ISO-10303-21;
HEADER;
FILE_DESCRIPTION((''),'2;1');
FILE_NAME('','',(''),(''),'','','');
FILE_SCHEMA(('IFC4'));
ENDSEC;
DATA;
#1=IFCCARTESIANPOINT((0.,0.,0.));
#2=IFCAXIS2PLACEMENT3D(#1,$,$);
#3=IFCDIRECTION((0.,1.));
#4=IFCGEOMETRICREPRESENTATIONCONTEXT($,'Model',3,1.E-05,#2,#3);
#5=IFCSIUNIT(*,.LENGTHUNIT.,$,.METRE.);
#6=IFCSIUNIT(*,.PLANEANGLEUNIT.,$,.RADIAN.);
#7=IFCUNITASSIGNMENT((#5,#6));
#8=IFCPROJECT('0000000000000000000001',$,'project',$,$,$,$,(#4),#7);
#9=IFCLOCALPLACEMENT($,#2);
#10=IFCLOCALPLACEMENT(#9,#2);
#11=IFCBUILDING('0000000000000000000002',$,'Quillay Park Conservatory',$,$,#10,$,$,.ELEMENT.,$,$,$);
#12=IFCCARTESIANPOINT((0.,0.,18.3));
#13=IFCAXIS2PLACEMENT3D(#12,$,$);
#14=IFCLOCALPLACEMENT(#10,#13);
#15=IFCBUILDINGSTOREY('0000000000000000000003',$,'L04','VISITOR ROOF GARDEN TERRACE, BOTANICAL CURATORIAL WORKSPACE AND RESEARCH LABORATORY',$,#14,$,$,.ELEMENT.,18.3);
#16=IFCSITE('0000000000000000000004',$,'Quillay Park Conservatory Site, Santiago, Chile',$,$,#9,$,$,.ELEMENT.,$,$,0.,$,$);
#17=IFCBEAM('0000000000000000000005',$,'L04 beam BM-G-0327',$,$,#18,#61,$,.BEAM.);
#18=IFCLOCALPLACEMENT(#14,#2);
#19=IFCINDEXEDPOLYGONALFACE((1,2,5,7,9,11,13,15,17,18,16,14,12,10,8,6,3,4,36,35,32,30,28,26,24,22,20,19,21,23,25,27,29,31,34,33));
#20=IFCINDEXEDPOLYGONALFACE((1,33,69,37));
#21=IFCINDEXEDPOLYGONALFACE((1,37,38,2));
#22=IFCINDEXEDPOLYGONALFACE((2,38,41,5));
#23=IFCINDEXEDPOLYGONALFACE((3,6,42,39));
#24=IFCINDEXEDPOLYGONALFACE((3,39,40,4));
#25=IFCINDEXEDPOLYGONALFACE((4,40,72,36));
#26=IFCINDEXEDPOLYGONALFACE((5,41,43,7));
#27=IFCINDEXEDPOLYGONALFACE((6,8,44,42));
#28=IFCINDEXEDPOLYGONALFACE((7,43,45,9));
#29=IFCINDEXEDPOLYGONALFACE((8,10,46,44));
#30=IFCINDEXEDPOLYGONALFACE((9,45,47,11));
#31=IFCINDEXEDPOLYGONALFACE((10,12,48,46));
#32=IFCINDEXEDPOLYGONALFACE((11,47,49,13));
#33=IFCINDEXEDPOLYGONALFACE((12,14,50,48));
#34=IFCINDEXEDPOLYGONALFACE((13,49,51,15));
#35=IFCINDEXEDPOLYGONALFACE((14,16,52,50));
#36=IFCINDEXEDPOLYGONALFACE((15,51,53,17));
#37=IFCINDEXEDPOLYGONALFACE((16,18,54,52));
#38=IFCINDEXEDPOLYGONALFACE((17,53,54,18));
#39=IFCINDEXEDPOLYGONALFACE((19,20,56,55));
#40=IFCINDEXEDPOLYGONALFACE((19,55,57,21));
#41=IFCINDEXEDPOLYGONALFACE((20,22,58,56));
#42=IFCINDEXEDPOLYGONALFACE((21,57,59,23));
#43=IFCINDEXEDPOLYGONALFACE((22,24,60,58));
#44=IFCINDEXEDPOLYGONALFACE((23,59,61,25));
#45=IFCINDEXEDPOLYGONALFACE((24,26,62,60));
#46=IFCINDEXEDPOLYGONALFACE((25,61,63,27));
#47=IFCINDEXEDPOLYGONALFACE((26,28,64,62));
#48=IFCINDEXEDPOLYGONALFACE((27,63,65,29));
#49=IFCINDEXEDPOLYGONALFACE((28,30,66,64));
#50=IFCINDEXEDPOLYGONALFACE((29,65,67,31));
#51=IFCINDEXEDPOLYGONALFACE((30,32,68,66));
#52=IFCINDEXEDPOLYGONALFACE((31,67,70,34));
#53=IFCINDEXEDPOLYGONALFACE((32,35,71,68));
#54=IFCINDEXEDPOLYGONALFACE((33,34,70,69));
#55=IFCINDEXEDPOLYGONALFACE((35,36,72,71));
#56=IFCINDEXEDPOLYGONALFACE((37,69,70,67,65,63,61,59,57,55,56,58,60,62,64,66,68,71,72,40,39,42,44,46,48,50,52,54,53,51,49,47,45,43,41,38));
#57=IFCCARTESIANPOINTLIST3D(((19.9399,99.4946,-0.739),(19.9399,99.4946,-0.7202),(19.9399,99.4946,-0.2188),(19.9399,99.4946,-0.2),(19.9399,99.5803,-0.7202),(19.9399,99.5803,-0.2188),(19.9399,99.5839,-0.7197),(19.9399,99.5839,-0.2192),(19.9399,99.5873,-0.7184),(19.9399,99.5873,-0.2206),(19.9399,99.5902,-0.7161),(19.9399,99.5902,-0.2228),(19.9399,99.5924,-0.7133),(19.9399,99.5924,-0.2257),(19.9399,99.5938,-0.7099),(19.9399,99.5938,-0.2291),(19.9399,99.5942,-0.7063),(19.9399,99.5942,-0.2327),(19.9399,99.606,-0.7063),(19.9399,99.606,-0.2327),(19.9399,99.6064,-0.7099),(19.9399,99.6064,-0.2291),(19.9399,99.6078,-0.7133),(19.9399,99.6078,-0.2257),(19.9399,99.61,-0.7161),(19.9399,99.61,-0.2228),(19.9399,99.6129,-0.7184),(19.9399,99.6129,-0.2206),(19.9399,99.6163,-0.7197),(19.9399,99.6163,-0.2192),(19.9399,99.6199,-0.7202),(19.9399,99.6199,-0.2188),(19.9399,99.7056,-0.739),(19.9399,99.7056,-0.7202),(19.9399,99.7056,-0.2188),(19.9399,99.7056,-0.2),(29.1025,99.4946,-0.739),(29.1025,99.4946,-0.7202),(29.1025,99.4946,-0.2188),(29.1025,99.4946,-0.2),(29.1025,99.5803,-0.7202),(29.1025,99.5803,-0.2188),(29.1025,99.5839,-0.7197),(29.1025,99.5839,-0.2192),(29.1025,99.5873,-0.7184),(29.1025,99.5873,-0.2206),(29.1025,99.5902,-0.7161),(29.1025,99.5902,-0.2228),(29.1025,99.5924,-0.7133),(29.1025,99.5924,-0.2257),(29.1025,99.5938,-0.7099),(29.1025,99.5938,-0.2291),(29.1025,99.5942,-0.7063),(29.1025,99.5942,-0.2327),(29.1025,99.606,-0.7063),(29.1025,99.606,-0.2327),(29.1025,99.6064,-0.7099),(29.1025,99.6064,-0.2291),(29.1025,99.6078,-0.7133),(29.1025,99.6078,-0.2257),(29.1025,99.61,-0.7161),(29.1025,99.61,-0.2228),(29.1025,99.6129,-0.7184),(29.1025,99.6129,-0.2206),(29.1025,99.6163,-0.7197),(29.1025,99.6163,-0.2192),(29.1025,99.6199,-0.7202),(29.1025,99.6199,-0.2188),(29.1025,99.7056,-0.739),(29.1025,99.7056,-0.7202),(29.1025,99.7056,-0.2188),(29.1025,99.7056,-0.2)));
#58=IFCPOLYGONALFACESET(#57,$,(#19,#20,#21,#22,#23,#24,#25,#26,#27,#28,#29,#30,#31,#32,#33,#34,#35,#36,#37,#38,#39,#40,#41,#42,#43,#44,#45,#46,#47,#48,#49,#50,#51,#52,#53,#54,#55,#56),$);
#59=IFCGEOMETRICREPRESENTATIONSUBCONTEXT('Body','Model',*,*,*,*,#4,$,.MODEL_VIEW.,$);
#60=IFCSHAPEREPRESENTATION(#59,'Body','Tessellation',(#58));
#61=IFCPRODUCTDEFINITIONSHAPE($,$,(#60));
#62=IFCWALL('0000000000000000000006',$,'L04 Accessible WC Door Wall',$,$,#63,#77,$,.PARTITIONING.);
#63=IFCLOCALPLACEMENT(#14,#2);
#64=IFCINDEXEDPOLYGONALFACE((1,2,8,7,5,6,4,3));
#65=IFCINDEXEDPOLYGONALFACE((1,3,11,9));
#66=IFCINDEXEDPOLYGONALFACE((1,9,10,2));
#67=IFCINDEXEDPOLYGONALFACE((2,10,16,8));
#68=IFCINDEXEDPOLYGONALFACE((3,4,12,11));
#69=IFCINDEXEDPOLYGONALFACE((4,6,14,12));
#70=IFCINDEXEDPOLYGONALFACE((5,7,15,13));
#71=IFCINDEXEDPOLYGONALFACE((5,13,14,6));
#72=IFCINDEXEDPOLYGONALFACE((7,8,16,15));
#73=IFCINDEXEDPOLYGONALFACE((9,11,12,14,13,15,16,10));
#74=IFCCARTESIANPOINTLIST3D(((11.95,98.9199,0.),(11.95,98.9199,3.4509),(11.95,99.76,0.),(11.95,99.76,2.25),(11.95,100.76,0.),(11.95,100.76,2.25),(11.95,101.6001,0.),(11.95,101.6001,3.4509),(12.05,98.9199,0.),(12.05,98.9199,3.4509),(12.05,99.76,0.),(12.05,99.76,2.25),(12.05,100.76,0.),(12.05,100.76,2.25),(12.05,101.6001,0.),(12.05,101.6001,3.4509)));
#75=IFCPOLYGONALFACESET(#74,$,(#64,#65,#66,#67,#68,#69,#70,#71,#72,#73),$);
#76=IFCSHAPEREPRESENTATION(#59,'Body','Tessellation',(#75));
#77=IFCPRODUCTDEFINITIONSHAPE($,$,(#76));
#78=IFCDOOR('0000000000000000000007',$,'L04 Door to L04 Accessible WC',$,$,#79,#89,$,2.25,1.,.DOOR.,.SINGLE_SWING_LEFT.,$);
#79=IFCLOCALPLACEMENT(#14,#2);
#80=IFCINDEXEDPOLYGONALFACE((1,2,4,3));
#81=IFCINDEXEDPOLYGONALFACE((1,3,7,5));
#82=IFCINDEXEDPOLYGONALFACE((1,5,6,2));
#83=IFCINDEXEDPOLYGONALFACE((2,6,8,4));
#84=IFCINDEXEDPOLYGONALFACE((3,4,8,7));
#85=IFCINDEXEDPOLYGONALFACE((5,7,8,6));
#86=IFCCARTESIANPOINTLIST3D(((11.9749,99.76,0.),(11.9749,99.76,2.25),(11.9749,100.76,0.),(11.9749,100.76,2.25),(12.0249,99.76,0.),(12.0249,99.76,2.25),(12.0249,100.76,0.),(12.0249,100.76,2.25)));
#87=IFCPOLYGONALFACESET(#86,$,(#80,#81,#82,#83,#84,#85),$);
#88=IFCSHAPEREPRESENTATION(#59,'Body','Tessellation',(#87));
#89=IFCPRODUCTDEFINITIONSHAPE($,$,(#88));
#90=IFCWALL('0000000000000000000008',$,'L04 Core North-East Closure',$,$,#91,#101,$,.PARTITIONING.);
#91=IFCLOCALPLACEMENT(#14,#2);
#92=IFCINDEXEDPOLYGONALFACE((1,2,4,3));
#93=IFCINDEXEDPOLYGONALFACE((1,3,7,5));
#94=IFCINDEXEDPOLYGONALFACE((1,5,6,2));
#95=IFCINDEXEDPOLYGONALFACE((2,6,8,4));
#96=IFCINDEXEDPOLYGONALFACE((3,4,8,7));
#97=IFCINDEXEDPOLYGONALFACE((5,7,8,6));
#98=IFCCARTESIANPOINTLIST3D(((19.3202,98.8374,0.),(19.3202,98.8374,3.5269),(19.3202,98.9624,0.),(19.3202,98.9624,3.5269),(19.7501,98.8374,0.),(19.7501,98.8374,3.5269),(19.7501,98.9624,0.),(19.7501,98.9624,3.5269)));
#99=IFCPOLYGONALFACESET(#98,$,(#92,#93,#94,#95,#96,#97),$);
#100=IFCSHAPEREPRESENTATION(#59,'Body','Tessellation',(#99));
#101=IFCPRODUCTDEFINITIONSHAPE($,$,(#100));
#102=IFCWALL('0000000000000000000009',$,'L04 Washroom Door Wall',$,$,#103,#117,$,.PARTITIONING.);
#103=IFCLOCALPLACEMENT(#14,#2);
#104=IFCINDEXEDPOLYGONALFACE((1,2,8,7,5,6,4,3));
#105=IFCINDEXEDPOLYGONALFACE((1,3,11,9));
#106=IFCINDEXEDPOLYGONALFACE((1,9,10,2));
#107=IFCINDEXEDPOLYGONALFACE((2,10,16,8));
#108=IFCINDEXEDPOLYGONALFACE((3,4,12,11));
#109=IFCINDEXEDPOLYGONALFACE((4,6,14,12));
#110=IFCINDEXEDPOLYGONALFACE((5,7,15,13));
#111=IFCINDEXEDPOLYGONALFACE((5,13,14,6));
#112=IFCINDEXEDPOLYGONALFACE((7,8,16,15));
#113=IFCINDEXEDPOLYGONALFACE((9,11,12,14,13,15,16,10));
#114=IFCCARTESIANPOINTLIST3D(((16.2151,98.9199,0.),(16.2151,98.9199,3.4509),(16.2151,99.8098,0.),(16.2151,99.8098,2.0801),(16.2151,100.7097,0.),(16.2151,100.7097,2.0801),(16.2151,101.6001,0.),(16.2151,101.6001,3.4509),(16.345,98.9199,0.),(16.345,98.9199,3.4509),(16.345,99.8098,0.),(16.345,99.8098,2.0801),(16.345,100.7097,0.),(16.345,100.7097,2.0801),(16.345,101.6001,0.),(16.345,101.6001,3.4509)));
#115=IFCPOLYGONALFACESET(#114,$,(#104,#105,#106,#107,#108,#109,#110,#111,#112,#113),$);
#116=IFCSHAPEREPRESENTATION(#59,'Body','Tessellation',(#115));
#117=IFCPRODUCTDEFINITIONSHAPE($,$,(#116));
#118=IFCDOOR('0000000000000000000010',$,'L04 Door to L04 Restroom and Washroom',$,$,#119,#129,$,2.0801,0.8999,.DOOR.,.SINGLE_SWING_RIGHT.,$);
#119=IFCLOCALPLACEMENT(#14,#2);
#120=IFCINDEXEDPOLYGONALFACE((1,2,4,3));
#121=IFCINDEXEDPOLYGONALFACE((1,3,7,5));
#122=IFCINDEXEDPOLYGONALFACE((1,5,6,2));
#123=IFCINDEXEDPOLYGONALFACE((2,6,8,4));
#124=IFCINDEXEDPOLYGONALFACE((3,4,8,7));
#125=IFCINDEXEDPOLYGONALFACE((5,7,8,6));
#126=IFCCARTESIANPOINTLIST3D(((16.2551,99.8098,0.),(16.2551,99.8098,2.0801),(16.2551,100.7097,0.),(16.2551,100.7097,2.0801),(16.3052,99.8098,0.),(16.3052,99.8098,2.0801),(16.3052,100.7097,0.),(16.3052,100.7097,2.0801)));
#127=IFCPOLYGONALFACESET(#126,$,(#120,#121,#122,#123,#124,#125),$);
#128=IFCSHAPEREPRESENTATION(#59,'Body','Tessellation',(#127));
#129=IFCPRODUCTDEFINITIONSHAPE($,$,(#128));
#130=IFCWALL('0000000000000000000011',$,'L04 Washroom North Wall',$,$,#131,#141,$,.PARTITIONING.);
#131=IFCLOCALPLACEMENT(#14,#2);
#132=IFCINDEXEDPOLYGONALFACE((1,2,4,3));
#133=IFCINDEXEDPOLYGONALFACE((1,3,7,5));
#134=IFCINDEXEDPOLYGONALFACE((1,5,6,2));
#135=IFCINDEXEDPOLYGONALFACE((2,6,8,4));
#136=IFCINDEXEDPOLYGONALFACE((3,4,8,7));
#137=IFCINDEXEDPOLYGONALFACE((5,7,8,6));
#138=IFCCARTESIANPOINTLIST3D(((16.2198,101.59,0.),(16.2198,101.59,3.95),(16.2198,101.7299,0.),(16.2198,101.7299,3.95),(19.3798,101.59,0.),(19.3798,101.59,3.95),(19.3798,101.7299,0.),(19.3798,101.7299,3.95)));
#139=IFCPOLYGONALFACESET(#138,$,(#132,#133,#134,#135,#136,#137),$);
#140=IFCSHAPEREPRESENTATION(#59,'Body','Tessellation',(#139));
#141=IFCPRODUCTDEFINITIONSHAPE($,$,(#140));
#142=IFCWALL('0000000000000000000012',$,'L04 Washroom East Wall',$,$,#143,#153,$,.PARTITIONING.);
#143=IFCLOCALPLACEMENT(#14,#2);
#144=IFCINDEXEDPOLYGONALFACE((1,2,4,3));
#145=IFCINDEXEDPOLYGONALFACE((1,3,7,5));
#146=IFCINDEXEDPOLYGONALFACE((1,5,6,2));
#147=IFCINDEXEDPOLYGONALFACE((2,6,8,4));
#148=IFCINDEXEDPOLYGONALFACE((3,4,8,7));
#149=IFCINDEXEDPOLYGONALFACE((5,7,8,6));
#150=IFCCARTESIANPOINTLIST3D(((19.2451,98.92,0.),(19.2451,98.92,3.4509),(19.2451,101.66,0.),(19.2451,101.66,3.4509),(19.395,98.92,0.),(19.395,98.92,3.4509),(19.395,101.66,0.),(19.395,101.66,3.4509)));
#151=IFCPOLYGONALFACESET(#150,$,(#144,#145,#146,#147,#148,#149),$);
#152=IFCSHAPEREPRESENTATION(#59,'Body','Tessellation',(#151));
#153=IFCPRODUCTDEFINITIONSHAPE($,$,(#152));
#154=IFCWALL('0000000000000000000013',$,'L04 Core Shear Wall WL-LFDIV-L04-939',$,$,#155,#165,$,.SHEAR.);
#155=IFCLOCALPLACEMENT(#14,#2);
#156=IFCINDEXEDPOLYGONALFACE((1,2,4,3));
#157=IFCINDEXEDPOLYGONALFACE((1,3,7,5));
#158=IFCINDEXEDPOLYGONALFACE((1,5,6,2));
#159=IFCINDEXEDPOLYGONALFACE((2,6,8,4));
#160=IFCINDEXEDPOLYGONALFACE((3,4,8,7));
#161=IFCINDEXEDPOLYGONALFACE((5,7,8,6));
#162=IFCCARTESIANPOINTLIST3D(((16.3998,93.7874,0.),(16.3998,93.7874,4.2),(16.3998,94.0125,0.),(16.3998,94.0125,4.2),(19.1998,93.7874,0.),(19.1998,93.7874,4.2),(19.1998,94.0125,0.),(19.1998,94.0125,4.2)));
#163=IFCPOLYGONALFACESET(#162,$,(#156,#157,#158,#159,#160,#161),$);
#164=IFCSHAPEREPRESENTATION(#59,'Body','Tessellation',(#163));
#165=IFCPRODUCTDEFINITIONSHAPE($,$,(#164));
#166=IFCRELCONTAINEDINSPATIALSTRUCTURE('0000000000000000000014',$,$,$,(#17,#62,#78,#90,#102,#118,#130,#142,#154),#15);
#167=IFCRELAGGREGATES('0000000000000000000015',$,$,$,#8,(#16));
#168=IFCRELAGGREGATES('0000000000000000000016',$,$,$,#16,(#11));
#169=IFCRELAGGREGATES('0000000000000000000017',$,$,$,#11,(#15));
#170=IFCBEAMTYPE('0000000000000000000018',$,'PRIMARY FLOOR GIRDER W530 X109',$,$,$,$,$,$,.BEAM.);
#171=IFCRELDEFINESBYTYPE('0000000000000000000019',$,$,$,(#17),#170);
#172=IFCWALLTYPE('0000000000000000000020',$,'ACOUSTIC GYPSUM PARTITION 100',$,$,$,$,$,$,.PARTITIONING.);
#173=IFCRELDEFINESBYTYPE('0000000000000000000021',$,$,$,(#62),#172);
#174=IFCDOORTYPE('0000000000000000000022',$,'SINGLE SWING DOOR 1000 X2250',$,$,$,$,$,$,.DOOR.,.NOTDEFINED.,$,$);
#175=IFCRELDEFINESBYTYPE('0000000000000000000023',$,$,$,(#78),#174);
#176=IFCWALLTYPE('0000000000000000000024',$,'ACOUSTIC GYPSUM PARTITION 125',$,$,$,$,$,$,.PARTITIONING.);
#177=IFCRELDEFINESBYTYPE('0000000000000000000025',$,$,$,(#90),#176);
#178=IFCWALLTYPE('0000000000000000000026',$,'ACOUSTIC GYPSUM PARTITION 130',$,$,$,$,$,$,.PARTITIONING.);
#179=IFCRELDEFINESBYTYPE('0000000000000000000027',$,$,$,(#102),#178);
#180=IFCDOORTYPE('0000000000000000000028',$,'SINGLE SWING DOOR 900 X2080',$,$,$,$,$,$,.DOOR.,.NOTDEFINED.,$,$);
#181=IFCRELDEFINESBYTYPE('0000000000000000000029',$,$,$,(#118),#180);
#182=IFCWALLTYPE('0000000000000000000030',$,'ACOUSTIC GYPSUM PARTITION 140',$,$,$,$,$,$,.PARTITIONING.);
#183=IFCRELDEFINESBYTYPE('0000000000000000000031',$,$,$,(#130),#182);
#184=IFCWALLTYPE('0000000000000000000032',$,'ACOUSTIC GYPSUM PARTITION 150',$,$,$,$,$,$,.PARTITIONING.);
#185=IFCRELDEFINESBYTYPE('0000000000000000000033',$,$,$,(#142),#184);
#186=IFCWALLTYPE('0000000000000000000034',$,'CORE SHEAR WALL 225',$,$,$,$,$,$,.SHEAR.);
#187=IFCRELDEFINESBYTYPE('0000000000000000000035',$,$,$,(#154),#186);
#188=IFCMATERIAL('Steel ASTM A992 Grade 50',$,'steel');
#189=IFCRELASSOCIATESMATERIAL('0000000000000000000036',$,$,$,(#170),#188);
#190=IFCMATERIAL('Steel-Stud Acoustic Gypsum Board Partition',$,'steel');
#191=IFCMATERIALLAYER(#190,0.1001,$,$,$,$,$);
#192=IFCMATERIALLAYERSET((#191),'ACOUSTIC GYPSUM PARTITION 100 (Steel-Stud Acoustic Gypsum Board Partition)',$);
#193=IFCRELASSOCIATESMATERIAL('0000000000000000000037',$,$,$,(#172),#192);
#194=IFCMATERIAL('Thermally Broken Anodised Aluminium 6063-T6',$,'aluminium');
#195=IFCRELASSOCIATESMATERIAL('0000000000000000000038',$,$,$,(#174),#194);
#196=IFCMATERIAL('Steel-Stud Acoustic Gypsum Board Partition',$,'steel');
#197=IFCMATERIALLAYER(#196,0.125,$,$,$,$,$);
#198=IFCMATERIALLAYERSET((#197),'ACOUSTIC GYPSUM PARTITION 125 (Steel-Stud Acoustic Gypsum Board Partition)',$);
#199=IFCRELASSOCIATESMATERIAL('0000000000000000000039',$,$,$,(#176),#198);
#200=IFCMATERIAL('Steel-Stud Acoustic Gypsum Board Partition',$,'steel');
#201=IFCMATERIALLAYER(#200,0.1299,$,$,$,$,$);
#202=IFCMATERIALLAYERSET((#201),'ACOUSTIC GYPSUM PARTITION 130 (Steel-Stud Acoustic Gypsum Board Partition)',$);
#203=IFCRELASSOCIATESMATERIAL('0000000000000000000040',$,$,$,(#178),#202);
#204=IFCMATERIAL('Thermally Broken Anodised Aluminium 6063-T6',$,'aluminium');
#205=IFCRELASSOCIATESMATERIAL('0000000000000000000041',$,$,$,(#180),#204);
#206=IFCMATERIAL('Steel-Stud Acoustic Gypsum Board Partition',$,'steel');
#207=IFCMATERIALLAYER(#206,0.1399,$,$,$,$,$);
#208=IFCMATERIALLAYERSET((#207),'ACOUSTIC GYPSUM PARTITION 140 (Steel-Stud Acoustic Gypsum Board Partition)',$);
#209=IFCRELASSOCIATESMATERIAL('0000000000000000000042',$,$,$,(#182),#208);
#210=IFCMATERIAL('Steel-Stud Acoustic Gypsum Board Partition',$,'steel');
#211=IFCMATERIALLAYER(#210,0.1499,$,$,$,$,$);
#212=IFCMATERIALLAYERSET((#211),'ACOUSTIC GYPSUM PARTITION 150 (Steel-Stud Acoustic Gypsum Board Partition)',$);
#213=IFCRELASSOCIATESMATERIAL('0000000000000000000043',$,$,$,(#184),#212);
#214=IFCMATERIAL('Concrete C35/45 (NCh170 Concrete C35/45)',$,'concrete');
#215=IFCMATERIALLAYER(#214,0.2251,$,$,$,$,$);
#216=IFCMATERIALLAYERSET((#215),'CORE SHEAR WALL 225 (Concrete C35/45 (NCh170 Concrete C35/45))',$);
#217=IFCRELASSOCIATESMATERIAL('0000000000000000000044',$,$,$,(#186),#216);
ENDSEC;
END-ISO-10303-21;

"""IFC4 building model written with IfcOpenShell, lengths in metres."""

from ifc_helpers import new_model, si_unit, direction, frame, frame_2d, origin, origin_2d, place, context, subcontext, project, spatial, rectangle, i_section, extrude, material, layer, layer_set, material_profile, profile_set, type_object, element, fill, save


model = new_model("IFC4")

# Units and contexts
model_context = context("Model", 3, precision=1e-05, world=origin(), true_north=direction((0.0, 1.0)))
body_context = subcontext(model_context, "Body", "Model", "MODEL_VIEW")
ifc_project = project(units=[si_unit("LENGTHUNIT", "METRE"), si_unit("PLANEANGLEUNIT", "RADIAN")], contexts=[model_context])

# Site, building, storey
site_placement = place(None, origin())
site = spatial("IfcSite", under=ifc_project, at=site_placement, Name="Quillay Park Conservatory Site, Santiago, Chile", CompositionType="ELEMENT", RefElevation=0.0)
building_placement = place(site_placement, origin())
building = spatial("IfcBuilding", under=site, at=building_placement, Name="Quillay Park Conservatory", CompositionType="ELEMENT")
storey_placement = place(building_placement, frame((0.0, 0.0, 18.3)))
storey = spatial("IfcBuildingStorey", under=building, at=storey_placement, Name="L04", Description="VISITOR ROOF GARDEN TERRACE, BOTANICAL CURATORIAL WORKSPACE AND RESEARCH LABORATORY", CompositionType="ELEMENT", Elevation=18.3)

# Beam
ifc_material_1 = material(Name="Steel ASTM A992 Grade 50", Category="steel")
ifc_material_profile_1 = material_profile(ifc_material_1, i_section(OverallWidth=0.2109, OverallDepth=0.5391, WebThickness=0.0117, FlangeThickness=0.0188, FilletRadius=0.0139, at=origin_2d()), Name="W530x109")
ifc_profile_set_1 = profile_set([ifc_material_profile_1], Name="Steel ASTM A992 Grade 50")
beam_type_1 = type_object("IfcBeamType", Name="PRIMARY FLOOR GIRDER W530 X109", PredefinedType="BEAM", material=ifc_profile_set_1)
beam_1_placement = place(storey_placement, frame((19.9399, 99.6001, -0.4695), z_axis=(1.0, 0.0, 0.0), x_axis=(0.0, 1.0, 0.0)))
element("IfcBeam", 1, at=beam_1_placement, inside=storey, type_object=beam_type_1, Name="L04 beam BM-G-0327", PredefinedType="BEAM", context=body_context, shape_type="SweptSolid", body=[
    extrude(i_section(OverallWidth=0.2109, OverallDepth=0.5391, WebThickness=0.0117, FlangeThickness=0.0188, FilletRadius=0.0139, at=origin_2d()), origin(), (0.0, 0.0, 1.0), 9.1626),
])

# Wall, opening, door
ifc_material_2 = material(Name="Steel-Stud Acoustic Gypsum Board Partition", Category="steel")
ifc_layer_1 = layer(ifc_material_2, 0.1001)
ifc_layer_set_1 = layer_set([ifc_layer_1], Name="ACOUSTIC GYPSUM PARTITION 100 (Steel-Stud Acoustic Gypsum Board Partition)")
wall_type_1 = type_object("IfcWallType", Name="ACOUSTIC GYPSUM PARTITION 100", PredefinedType="PARTITIONING", material=ifc_layer_set_1)
wall_1_placement = place(storey_placement, frame((12.0, 101.6001, 0.0), z_axis=(0.0, 0.0, 1.0), x_axis=(0.0, -1.0, 0.0)))
wall_1 = element("IfcWall", 2, at=wall_1_placement, inside=storey, type_object=wall_type_1, Name="L04 Accessible WC Door Wall", PredefinedType="PARTITIONING", context=body_context, shape_type="SweptSolid", body=[
    extrude(rectangle(XDim=2.6802, YDim=0.1001, at=frame_2d((1.3401, 0.0))), origin(), (0.0, 0.0, 1.0), 3.4509),
])
opening_1_placement = place(wall_1_placement, frame((0.8401, 0.0, 0.0)))
opening_1 = element("IfcOpeningElement", 3, at=opening_1_placement, cuts=wall_1, PredefinedType="OPENING", context=body_context, shape_type="SweptSolid", body=[
    extrude(rectangle(XDim=1.0, YDim=2.25, at=frame_2d((0.5, 1.125))), frame((0.0, 0.05, 0.0), z_axis=(0.0, -1.0, 0.0), x_axis=(1.0, 0.0, 0.0)), (0.0, 0.0, 1.0), 0.1001),
])
ifc_material_3 = material(Name="Thermally Broken Anodised Aluminium 6063-T6", Category="aluminium")
door_type_1 = type_object("IfcDoorType", Name="SINGLE SWING DOOR 1000 X2250", OperationType="NOTDEFINED", PredefinedType="DOOR", material=ifc_material_3)
door_1_placement = place(opening_1_placement, origin())
door_1 = element("IfcDoor", 4, at=door_1_placement, inside=storey, type_object=door_type_1, Name="L04 Door to L04 Accessible WC", OperationType="SINGLE_SWING_LEFT", OverallHeight=2.25, OverallWidth=1.0, PredefinedType="DOOR", context=body_context, shape_type="SweptSolid", body=[
    extrude(rectangle(XDim=1.0, YDim=2.25, at=frame_2d((0.5, 1.125))), frame((0.0, 0.0249, 0.0), z_axis=(0.0, -1.0, 0.0), x_axis=(1.0, 0.0, 0.0)), (0.0, 0.0, 1.0), 0.05),
])
fill(opening_1, door_1)

# Wall
ifc_material_4 = material(Name="Steel-Stud Acoustic Gypsum Board Partition", Category="steel")
ifc_layer_2 = layer(ifc_material_4, 0.125)
ifc_layer_set_2 = layer_set([ifc_layer_2], Name="ACOUSTIC GYPSUM PARTITION 125 (Steel-Stud Acoustic Gypsum Board Partition)")
wall_type_2 = type_object("IfcWallType", Name="ACOUSTIC GYPSUM PARTITION 125", PredefinedType="PARTITIONING", material=ifc_layer_set_2)
wall_2_placement = place(storey_placement, frame((19.75, 98.8999, 0.0), z_axis=(0.0, 0.0, 1.0), x_axis=(-1.0, 0.0, 0.0)))
element("IfcWall", 5, at=wall_2_placement, inside=storey, type_object=wall_type_2, Name="L04 Core North-East Closure", PredefinedType="PARTITIONING", context=body_context, shape_type="SweptSolid", body=[
    extrude(rectangle(XDim=0.4299, YDim=0.125, at=frame_2d((0.2148, 0.0))), origin(), (0.0, 0.0, 1.0), 3.5269),
])

# Wall, opening, door
ifc_material_5 = material(Name="Steel-Stud Acoustic Gypsum Board Partition", Category="steel")
ifc_layer_3 = layer(ifc_material_5, 0.1299)
ifc_layer_set_3 = layer_set([ifc_layer_3], Name="ACOUSTIC GYPSUM PARTITION 130 (Steel-Stud Acoustic Gypsum Board Partition)")
wall_type_3 = type_object("IfcWallType", Name="ACOUSTIC GYPSUM PARTITION 130", PredefinedType="PARTITIONING", material=ifc_layer_set_3)
wall_3_placement = place(storey_placement, frame((16.28, 98.9199, 0.0), z_axis=(0.0, 0.0, 1.0), x_axis=(0.0, 1.0, 0.0)))
wall_3 = element("IfcWall", 6, at=wall_3_placement, inside=storey, type_object=wall_type_3, Name="L04 Washroom Door Wall", PredefinedType="PARTITIONING", context=body_context, shape_type="SweptSolid", body=[
    extrude(rectangle(XDim=2.6802, YDim=0.1299, at=frame_2d((1.3401, 0.0))), origin(), (0.0, 0.0, 1.0), 3.4509),
])
opening_2_placement = place(wall_3_placement, frame((0.8899, 0.0, 0.0)))
opening_2 = element("IfcOpeningElement", 7, at=opening_2_placement, cuts=wall_3, PredefinedType="OPENING", context=body_context, shape_type="SweptSolid", body=[
    extrude(rectangle(XDim=0.8999, YDim=2.0801, at=frame_2d((0.45, 1.04))), frame((0.0, 0.0649, 0.0), z_axis=(0.0, -1.0, 0.0), x_axis=(1.0, 0.0, 0.0)), (0.0, 0.0, 1.0), 0.1299),
])
ifc_material_6 = material(Name="Thermally Broken Anodised Aluminium 6063-T6", Category="aluminium")
door_type_2 = type_object("IfcDoorType", Name="SINGLE SWING DOOR 900 X2080", OperationType="NOTDEFINED", PredefinedType="DOOR", material=ifc_material_6)
door_2_placement = place(opening_2_placement, origin())
door_2 = element("IfcDoor", 8, at=door_2_placement, inside=storey, type_object=door_type_2, Name="L04 Door to L04 Restroom and Washroom", OperationType="SINGLE_SWING_RIGHT", OverallHeight=2.0801, OverallWidth=0.8999, PredefinedType="DOOR", context=body_context, shape_type="SweptSolid", body=[
    extrude(rectangle(XDim=0.8999, YDim=2.0801, at=frame_2d((0.45, 1.04))), frame((0.0, 0.0249, 0.0), z_axis=(0.0, -1.0, 0.0), x_axis=(1.0, 0.0, 0.0)), (0.0, 0.0, 1.0), 0.05),
])
fill(opening_2, door_2)

# Walls
ifc_material_7 = material(Name="Steel-Stud Acoustic Gypsum Board Partition", Category="steel")
ifc_layer_4 = layer(ifc_material_7, 0.1399)
ifc_layer_set_4 = layer_set([ifc_layer_4], Name="ACOUSTIC GYPSUM PARTITION 140 (Steel-Stud Acoustic Gypsum Board Partition)")
wall_type_4 = type_object("IfcWallType", Name="ACOUSTIC GYPSUM PARTITION 140", PredefinedType="PARTITIONING", material=ifc_layer_set_4)
wall_4_placement = place(storey_placement, frame((19.3799, 101.6599, 0.0), z_axis=(0.0, 0.0, 1.0), x_axis=(-1.0, 0.0, 0.0)))
element("IfcWall", 9, at=wall_4_placement, inside=storey, type_object=wall_type_4, Name="L04 Washroom North Wall", PredefinedType="PARTITIONING", context=body_context, shape_type="SweptSolid", body=[
    extrude(rectangle(XDim=3.1599, YDim=0.1399, at=frame_2d((1.5801, 0.0))), origin(), (0.0, 0.0, 1.0), 3.95),
])
ifc_material_8 = material(Name="Steel-Stud Acoustic Gypsum Board Partition", Category="steel")
ifc_layer_5 = layer(ifc_material_8, 0.1499)
ifc_layer_set_5 = layer_set([ifc_layer_5], Name="ACOUSTIC GYPSUM PARTITION 150 (Steel-Stud Acoustic Gypsum Board Partition)")
wall_type_5 = type_object("IfcWallType", Name="ACOUSTIC GYPSUM PARTITION 150", PredefinedType="PARTITIONING", material=ifc_layer_set_5)
wall_5_placement = place(storey_placement, frame((19.3201, 98.9199, 0.0), z_axis=(0.0, 0.0, 1.0), x_axis=(0.0, 1.0, 0.0)))
element("IfcWall", 10, at=wall_5_placement, inside=storey, type_object=wall_type_5, Name="L04 Washroom East Wall", PredefinedType="PARTITIONING", context=body_context, shape_type="SweptSolid", body=[
    extrude(rectangle(XDim=2.74, YDim=0.1499, at=frame_2d((1.3701, 0.0))), origin(), (0.0, 0.0, 1.0), 3.4509),
])
ifc_material_9 = material(Name="Concrete C35/45 (NCh170 Concrete C35/45)", Category="concrete")
ifc_layer_6 = layer(ifc_material_9, 0.2251)
ifc_layer_set_6 = layer_set([ifc_layer_6], Name="CORE SHEAR WALL 225 (Concrete C35/45 (NCh170 Concrete C35/45))")
wall_type_6 = type_object("IfcWallType", Name="CORE SHEAR WALL 225", PredefinedType="SHEAR", material=ifc_layer_set_6)
for number, where, z_axis, x_axis, name in (
    (11, (16.3999, 93.8999, 0.0), (0.0, 0.0, 1.0), (1.0, 0.0, 0.0), "L04 Core Shear Wall WL-LFDIV-L04-939"),
):
    element("IfcWall", number, at=place(storey_placement, frame(where, z_axis=z_axis, x_axis=x_axis)), inside=storey, type_object=wall_type_6, Name=name, PredefinedType="SHEAR", context=body_context, shape_type="SweptSolid", body=[
        extrude(rectangle(XDim=2.8, YDim=0.2251, at=frame_2d((1.3999, 0.0))), origin(), (0.0, 0.0, 1.0), 4.2),
    ])

save(model, "model.ifc")
